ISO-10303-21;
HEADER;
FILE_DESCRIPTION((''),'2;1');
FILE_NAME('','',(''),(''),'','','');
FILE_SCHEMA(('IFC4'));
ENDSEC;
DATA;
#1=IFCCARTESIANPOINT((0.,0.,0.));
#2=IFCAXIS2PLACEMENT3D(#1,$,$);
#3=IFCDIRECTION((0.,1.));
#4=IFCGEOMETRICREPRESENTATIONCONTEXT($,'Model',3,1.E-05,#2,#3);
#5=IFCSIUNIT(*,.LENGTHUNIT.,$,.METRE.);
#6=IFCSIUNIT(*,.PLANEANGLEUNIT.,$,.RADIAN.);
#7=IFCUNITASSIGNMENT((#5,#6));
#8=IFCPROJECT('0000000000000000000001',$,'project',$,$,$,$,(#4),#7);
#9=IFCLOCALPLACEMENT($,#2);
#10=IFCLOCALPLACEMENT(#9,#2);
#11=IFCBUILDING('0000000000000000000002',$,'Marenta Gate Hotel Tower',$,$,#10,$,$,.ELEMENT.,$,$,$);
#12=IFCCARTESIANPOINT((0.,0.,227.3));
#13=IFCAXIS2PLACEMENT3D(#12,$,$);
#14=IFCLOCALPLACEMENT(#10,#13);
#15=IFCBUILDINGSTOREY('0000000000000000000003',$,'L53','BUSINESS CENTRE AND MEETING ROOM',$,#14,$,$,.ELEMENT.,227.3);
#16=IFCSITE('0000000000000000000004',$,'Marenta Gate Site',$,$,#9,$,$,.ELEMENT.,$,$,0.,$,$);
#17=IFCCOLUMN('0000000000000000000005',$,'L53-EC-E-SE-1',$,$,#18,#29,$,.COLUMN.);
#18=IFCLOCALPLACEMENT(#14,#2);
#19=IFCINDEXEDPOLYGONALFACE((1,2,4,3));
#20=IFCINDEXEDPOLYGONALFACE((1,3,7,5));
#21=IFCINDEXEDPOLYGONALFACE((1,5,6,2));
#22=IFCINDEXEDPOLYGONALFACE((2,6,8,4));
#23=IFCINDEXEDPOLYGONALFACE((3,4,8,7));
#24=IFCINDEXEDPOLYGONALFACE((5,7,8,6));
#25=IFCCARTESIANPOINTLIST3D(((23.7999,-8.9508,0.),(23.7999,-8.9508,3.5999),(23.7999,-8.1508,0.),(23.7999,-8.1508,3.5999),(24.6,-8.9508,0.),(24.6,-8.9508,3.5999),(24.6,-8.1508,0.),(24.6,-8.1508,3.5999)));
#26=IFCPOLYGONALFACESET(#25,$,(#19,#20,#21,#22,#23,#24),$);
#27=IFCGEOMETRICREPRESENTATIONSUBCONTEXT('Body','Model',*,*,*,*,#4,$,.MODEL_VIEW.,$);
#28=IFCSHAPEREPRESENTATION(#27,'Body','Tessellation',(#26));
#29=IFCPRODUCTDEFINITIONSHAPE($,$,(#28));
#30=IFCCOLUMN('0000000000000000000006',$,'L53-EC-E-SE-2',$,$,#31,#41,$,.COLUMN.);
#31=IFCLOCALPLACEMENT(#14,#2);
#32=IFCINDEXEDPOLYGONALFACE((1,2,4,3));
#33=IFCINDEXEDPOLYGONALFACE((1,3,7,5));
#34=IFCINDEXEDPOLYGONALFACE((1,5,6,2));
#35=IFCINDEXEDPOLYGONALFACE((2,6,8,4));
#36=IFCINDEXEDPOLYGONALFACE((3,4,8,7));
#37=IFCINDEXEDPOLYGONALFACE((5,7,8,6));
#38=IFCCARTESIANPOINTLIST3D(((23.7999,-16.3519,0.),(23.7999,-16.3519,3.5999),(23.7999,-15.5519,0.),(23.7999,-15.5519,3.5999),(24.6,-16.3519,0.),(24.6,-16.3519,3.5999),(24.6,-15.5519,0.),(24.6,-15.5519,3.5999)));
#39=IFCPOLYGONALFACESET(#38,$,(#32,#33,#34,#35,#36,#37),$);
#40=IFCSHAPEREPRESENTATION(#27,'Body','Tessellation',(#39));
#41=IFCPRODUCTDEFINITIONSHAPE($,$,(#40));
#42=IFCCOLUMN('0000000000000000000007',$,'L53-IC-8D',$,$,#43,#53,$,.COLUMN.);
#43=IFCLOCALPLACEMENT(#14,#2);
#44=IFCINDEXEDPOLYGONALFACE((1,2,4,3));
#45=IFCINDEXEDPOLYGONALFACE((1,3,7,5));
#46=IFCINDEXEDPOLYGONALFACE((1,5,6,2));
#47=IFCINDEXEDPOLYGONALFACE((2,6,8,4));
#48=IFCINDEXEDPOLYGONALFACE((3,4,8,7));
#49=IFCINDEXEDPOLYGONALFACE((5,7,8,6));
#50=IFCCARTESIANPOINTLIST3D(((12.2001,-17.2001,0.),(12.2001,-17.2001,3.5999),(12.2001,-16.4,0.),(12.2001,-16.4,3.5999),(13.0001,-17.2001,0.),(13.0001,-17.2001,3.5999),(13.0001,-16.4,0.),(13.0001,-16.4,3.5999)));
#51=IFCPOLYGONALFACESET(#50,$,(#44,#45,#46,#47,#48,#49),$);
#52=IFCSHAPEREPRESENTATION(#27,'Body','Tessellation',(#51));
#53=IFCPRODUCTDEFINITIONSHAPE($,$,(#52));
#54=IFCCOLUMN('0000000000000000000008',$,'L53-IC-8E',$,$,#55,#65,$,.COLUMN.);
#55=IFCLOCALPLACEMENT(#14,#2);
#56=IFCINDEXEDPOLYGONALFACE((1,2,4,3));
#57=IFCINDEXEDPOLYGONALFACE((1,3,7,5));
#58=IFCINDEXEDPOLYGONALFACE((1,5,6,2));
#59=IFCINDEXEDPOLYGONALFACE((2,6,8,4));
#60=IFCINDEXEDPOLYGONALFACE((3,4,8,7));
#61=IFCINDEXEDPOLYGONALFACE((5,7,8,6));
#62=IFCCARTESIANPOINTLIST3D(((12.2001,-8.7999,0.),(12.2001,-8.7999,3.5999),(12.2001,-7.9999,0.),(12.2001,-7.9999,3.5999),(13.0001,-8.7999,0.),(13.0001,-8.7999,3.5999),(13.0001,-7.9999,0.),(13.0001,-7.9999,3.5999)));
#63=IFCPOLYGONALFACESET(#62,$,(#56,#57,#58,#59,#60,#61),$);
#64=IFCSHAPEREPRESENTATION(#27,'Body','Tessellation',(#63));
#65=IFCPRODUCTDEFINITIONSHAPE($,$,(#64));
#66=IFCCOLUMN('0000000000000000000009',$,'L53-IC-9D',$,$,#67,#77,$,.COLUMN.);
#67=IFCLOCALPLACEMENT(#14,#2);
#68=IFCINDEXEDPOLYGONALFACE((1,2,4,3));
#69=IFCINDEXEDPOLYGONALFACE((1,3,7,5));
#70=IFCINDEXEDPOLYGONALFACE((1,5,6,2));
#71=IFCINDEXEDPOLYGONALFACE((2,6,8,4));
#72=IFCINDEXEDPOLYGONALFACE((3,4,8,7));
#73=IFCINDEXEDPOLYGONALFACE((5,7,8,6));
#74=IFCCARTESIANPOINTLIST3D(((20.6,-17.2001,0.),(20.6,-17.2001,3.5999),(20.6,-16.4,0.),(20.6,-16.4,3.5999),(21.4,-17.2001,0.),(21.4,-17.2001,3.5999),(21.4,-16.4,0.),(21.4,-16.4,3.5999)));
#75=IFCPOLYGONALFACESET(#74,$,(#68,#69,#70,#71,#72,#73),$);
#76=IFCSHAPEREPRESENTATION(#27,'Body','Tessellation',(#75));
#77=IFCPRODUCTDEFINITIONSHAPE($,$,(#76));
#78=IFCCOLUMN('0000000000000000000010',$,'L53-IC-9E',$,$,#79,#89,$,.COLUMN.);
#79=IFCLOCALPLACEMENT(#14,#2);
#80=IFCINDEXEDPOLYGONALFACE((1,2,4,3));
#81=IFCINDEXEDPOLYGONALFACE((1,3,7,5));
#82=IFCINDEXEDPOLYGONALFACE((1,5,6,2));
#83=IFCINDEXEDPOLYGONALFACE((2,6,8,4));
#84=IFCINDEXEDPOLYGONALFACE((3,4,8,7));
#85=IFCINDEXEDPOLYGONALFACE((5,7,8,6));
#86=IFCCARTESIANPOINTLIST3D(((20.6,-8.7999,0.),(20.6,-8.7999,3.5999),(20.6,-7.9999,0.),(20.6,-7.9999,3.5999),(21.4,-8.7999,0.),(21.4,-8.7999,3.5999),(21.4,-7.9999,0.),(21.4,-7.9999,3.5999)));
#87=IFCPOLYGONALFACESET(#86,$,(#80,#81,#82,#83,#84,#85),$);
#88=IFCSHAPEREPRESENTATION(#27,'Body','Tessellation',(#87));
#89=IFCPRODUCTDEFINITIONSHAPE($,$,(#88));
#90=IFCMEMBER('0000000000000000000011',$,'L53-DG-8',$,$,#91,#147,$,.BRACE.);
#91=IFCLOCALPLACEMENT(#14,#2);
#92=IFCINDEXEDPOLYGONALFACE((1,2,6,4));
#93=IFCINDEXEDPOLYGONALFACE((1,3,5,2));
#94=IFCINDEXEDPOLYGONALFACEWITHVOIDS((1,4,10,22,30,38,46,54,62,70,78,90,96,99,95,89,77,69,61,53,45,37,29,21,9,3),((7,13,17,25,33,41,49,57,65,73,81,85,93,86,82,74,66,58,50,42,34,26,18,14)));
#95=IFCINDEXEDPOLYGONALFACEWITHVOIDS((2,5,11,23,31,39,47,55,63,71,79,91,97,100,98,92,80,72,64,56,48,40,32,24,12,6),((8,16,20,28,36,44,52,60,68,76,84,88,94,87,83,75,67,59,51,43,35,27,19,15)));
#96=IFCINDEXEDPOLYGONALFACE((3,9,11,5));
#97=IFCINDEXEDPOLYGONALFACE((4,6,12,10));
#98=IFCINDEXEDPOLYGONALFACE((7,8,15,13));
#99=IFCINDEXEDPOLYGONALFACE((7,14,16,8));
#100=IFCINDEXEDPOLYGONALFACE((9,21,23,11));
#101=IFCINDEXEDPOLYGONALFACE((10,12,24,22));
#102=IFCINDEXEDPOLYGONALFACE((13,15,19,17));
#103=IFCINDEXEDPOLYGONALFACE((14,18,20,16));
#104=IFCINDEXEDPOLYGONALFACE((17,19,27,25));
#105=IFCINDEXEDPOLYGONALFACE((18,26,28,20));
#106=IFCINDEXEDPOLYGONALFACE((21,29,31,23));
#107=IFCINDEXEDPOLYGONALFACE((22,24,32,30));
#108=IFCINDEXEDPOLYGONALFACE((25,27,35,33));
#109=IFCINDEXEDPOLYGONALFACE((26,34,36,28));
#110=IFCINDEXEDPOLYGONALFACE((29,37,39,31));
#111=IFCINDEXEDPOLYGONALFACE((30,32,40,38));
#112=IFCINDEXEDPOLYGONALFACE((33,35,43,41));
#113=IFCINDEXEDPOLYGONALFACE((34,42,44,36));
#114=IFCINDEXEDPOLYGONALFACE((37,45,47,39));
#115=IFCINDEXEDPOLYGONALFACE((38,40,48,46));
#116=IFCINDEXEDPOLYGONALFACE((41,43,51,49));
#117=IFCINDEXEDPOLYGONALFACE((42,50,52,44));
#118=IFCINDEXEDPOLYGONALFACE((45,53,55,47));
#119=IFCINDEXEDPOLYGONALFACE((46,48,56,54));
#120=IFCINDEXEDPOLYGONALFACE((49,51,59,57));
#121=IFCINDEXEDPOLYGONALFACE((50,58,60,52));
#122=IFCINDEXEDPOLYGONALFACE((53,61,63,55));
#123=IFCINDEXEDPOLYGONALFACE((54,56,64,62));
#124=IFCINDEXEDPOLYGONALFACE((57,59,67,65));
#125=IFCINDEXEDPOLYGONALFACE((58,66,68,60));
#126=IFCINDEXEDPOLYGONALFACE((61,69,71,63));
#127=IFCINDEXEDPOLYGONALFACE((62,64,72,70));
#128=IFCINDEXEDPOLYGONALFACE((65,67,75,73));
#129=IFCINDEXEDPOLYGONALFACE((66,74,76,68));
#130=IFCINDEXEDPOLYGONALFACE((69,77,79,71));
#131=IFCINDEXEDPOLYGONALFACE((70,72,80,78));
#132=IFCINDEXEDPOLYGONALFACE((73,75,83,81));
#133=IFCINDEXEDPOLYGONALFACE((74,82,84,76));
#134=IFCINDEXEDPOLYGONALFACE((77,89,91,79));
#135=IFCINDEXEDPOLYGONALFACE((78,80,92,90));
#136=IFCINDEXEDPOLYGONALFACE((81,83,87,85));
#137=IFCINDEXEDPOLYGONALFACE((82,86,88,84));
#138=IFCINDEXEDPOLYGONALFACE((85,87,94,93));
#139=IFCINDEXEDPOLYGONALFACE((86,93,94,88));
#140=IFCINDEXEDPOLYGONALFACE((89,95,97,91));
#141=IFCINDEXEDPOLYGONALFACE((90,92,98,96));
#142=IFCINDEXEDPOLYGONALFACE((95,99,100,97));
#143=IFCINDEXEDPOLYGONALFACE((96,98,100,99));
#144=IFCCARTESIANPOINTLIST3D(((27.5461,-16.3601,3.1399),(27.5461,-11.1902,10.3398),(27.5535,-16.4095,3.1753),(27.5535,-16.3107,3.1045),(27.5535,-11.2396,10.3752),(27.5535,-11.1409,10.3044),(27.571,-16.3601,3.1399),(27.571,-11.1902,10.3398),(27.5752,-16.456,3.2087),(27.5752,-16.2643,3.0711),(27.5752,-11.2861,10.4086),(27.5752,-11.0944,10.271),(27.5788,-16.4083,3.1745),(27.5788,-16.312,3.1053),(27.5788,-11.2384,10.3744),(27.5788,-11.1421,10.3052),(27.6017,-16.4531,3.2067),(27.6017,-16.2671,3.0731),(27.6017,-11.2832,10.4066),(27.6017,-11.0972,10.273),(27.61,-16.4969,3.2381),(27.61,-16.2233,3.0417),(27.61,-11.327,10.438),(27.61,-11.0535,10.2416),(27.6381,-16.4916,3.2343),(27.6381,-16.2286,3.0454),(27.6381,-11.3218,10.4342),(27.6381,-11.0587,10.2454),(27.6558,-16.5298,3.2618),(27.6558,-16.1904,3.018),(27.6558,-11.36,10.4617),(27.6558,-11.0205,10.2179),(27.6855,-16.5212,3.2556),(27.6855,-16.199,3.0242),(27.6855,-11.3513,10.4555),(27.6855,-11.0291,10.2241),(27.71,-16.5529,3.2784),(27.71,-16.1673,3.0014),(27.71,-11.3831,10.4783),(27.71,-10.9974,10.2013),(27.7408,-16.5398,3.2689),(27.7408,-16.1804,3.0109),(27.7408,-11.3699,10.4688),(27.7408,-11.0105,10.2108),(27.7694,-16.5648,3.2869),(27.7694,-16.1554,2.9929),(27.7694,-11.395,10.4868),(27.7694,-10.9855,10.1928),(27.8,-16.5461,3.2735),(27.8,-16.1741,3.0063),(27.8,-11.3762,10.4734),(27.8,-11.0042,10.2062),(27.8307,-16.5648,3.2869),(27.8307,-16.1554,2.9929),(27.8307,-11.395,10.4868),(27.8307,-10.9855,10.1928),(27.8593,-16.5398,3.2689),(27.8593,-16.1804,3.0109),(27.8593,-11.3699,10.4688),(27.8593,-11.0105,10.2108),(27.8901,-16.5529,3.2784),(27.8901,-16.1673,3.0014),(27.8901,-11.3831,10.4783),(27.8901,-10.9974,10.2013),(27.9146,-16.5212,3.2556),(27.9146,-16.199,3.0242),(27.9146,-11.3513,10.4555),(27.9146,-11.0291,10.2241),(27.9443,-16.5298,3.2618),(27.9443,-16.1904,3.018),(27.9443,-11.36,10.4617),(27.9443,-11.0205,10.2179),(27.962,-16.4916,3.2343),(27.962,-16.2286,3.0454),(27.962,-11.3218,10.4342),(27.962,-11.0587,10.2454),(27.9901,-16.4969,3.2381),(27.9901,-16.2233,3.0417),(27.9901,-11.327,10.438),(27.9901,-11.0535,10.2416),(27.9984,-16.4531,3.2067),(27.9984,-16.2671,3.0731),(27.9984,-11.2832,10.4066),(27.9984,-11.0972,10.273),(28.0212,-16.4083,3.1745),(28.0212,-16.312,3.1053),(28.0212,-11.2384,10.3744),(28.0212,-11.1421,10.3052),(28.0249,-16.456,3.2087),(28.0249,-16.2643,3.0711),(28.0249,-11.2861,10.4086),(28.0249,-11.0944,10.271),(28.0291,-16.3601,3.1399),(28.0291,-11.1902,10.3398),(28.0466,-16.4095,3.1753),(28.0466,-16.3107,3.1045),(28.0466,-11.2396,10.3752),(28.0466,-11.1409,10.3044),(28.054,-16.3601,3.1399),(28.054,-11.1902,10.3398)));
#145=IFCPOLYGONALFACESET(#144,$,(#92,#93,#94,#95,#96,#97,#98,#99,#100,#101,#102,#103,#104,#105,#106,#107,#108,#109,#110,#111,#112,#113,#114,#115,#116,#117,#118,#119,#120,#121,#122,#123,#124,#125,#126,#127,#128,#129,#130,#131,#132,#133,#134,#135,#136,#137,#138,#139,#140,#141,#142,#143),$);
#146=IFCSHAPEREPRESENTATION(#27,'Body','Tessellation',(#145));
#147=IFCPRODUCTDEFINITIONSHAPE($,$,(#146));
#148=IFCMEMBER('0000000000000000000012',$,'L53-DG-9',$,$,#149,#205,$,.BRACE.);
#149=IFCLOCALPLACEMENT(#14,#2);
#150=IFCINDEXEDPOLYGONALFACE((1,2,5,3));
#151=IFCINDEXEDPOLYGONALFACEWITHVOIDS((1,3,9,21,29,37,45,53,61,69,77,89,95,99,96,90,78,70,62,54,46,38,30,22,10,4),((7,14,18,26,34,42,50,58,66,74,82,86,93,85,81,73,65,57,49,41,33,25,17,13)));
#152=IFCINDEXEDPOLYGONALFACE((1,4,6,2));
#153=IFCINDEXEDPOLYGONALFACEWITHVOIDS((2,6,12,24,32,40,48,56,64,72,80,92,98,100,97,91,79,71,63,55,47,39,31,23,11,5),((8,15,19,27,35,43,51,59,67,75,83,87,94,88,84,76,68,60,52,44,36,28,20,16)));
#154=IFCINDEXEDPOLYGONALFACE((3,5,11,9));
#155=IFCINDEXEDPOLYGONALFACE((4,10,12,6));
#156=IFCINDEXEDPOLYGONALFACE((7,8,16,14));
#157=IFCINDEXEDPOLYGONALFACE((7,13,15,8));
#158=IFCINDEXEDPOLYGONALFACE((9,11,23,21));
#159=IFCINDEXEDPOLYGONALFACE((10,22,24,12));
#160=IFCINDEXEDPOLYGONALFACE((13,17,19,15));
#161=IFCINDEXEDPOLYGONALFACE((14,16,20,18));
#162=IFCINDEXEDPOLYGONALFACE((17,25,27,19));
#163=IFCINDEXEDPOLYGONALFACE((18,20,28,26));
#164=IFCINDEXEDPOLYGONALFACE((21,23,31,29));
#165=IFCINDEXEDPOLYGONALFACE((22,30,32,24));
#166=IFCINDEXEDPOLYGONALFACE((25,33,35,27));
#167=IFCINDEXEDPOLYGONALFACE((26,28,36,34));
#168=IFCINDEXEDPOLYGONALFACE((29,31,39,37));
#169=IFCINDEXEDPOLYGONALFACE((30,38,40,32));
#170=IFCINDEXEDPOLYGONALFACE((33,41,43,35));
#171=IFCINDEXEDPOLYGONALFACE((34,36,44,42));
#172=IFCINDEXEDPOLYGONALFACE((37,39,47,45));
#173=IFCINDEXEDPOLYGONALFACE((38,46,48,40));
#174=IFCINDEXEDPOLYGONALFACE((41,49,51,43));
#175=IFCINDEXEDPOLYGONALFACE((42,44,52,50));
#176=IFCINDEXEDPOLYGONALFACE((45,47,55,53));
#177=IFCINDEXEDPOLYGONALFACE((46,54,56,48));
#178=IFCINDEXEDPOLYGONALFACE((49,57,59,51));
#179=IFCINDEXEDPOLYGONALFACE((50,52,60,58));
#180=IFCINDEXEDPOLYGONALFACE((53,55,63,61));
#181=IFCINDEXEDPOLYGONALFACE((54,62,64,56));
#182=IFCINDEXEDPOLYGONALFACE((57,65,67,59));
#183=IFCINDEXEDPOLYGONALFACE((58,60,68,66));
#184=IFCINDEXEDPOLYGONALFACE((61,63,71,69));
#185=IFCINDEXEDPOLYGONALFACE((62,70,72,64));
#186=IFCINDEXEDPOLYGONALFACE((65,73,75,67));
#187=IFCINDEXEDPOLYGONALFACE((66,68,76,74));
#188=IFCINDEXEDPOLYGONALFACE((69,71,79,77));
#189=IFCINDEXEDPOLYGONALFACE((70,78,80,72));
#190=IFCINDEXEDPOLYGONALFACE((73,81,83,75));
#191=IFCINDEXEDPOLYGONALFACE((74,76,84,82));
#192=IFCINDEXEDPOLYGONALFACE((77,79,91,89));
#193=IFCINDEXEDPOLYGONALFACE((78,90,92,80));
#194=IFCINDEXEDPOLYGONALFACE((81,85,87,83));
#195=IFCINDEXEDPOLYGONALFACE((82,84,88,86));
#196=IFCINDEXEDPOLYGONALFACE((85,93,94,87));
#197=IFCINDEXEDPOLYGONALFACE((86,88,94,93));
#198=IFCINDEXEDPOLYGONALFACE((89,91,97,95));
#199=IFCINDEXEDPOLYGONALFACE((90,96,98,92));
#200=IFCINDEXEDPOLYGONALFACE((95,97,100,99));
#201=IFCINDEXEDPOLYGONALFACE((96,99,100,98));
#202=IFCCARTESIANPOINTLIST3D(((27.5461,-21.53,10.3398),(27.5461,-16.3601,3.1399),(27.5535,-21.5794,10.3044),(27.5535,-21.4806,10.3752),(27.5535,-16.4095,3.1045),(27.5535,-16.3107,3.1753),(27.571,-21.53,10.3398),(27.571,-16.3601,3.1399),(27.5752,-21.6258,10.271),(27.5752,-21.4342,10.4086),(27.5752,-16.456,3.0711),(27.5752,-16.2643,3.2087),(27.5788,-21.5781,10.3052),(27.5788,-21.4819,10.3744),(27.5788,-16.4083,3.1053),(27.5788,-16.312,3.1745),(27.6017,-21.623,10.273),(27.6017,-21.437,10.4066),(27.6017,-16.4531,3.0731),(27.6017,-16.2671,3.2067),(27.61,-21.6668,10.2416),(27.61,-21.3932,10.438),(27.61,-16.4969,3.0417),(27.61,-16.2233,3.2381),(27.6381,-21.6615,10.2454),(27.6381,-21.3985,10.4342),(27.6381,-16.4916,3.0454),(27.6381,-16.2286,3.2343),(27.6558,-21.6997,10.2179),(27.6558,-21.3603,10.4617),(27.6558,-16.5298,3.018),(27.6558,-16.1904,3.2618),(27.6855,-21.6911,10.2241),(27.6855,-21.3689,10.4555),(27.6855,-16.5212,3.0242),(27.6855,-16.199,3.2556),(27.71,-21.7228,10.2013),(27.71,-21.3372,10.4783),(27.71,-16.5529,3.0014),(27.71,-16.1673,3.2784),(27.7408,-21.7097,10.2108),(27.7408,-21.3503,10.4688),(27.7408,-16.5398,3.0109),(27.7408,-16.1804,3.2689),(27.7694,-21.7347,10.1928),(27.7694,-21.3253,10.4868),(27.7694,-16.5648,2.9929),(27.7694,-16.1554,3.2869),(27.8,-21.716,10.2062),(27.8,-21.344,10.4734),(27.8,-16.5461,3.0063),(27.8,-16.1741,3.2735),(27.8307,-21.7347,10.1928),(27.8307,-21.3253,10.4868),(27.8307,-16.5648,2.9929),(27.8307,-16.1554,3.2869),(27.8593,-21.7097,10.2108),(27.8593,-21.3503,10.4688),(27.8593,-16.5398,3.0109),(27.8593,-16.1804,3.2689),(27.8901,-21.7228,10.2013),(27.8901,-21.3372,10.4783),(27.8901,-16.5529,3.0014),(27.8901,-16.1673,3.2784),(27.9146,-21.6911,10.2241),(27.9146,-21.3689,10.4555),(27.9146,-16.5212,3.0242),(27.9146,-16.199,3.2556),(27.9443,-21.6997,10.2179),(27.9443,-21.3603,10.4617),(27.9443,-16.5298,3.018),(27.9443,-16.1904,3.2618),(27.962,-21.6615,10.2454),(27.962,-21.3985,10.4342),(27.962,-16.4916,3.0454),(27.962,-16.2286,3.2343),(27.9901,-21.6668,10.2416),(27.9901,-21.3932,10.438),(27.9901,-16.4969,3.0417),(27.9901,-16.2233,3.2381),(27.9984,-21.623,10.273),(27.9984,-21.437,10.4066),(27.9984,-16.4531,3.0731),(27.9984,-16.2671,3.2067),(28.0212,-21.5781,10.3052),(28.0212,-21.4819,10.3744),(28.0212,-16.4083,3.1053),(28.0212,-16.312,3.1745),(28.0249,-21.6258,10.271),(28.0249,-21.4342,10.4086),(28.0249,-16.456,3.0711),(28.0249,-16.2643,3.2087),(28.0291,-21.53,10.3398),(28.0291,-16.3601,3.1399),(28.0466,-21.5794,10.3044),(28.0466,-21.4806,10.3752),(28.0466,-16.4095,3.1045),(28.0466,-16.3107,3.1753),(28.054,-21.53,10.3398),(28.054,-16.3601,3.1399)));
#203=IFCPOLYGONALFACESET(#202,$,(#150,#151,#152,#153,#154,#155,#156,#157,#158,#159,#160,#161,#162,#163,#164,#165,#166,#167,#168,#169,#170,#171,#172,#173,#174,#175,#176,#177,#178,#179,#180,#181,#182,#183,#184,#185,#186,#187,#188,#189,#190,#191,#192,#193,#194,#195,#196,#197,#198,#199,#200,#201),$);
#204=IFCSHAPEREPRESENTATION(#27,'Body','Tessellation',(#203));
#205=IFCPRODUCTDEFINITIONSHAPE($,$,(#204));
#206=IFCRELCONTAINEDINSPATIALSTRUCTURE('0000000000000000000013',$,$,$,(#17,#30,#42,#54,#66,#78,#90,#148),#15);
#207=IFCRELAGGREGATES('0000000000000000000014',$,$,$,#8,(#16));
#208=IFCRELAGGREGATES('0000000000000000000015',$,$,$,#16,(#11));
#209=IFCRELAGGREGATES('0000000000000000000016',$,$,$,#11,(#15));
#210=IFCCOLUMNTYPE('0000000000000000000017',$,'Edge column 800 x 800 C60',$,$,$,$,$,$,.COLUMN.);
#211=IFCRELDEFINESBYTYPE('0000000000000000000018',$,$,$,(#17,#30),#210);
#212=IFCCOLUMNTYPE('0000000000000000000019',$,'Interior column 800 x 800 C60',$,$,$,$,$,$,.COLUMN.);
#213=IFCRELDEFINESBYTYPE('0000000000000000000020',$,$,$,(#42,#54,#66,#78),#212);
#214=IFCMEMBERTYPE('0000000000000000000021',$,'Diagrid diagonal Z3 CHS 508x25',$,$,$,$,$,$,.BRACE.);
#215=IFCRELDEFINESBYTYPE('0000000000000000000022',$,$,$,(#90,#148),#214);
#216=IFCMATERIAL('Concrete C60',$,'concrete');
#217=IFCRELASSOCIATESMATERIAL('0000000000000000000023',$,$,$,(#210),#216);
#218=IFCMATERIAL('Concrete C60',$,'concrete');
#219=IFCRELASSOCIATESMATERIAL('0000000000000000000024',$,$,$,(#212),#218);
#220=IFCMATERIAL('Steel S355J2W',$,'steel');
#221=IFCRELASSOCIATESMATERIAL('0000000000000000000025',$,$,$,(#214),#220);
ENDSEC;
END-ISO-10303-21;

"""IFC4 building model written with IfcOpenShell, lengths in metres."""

from ifc_helpers import new_model, si_unit, direction, frame, origin, origin_2d, place, context, subcontext, project, spatial, rectangle, hollow_circle, extrude, material, material_profile, profile_set, type_object, element, save


model = new_model("IFC4")

# Units and contexts
model_context = context("Model", 3, precision=1e-05, world=origin(), true_north=direction((0.0, 1.0)))
body_context = subcontext(model_context, "Body", "Model", "MODEL_VIEW")
ifc_project = project(units=[si_unit("LENGTHUNIT", "METRE"), si_unit("PLANEANGLEUNIT", "RADIAN")], contexts=[model_context])

# Site, building, storey
site_placement = place(None, origin())
site = spatial("IfcSite", under=ifc_project, at=site_placement, Name="Marenta Gate Site", CompositionType="ELEMENT", RefElevation=0.0)
building_placement = place(site_placement, origin())
building = spatial("IfcBuilding", under=site, at=building_placement, Name="Marenta Gate Hotel Tower", CompositionType="ELEMENT")
storey_placement = place(building_placement, frame((0.0, 0.0, 227.3)))
storey = spatial("IfcBuildingStorey", under=building, at=storey_placement, Name="L53", Description="BUSINESS CENTRE AND MEETING ROOM", CompositionType="ELEMENT", Elevation=227.3)

# Columns
ifc_material_1 = material(Name="Concrete C60", Category="concrete")
ifc_material_profile_1 = material_profile(ifc_material_1, rectangle(XDim=0.8, YDim=0.8, at=origin_2d()), Name="800 x 800")
ifc_profile_set_1 = profile_set([ifc_material_profile_1], Name="Concrete C60")
column_type_1 = type_object("IfcColumnType", Name="Edge column 800 x 800 C60", PredefinedType="COLUMN", material=ifc_profile_set_1)
for number, where, z_axis, x_axis, name in (
    (1, (24.2, -8.5508, 0.0), (0.0, 0.0, 1.0), (1.0, 0.0, 0.0), "L53-EC-E-SE-1"),
    (2, (24.2, -15.9519, 0.0), (0.0, 0.0, 1.0), (1.0, 0.0, 0.0), "L53-EC-E-SE-2"),
):
    element("IfcColumn", number, at=place(storey_placement, frame(where, z_axis=z_axis, x_axis=x_axis)), inside=storey, type_object=column_type_1, Name=name, PredefinedType="COLUMN", context=body_context, shape_type="SweptSolid", body=[
        extrude(rectangle(XDim=0.8, YDim=0.8, at=origin_2d()), origin(), (0.0, 0.0, 1.0), 3.5999),
    ])
ifc_material_2 = material(Name="Concrete C60", Category="concrete")
ifc_material_profile_2 = material_profile(ifc_material_2, rectangle(XDim=0.8, YDim=0.8, at=origin_2d()), Name="800 x 800")
ifc_profile_set_2 = profile_set([ifc_material_profile_2], Name="Concrete C60")
column_type_2 = type_object("IfcColumnType", Name="Interior column 800 x 800 C60", PredefinedType="COLUMN", material=ifc_profile_set_2)
for number, where, z_axis, x_axis, name in (
    (3, (12.6001, -16.8, 0.0), (0.0, 0.0, 1.0), (1.0, 0.0, 0.0), "L53-IC-8D"),
    (4, (12.6001, -8.3999, 0.0), (0.0, 0.0, 1.0), (1.0, 0.0, 0.0), "L53-IC-8E"),
    (5, (21.0, -16.8, 0.0), (0.0, 0.0, 1.0), (1.0, 0.0, 0.0), "L53-IC-9D"),
    (6, (21.0, -8.3999, 0.0), (0.0, 0.0, 1.0), (1.0, 0.0, 0.0), "L53-IC-9E"),
):
    element("IfcColumn", number, at=place(storey_placement, frame(where, z_axis=z_axis, x_axis=x_axis)), inside=storey, type_object=column_type_2, Name=name, PredefinedType="COLUMN", context=body_context, shape_type="SweptSolid", body=[
        extrude(rectangle(XDim=0.8, YDim=0.8, at=origin_2d()), origin(), (0.0, 0.0, 1.0), 3.5999),
    ])

# Members
ifc_material_3 = material(Name="Steel S355J2W", Category="steel")
ifc_material_profile_3 = material_profile(ifc_material_3, hollow_circle(Radius=0.2539, WallThickness=0.0249, at=origin_2d()), Name="CHS 508x25")
ifc_profile_set_3 = profile_set([ifc_material_profile_3], Name="Steel S355J2W")
member_type_1 = type_object("IfcMemberType", Name="Diagrid diagonal Z3 CHS 508x25", PredefinedType="BRACE", material=ifc_profile_set_3)
for number, where, z_axis, x_axis, name in (
    (7, (27.8, -16.3601, 3.1399), (0.0, 0.583261, 0.812285), (-1.0, 0.0, 0.0), "L53-DG-8"),
    (8, (27.8, -16.3601, 3.1399), (0.0, -0.583261, 0.812285), (1.0, 0.0, 0.0), "L53-DG-9"),
):
    element("IfcMember", number, at=place(storey_placement, frame(where, z_axis=z_axis, x_axis=x_axis)), inside=storey, type_object=member_type_1, Name=name, PredefinedType="BRACE", context=body_context, shape_type="SweptSolid", body=[
        extrude(hollow_circle(Radius=0.2539, WallThickness=0.0249, at=origin_2d()), origin(), (0.0, 0.0, 1.0), 8.8638),
    ])

save(model, "model.ifc")
